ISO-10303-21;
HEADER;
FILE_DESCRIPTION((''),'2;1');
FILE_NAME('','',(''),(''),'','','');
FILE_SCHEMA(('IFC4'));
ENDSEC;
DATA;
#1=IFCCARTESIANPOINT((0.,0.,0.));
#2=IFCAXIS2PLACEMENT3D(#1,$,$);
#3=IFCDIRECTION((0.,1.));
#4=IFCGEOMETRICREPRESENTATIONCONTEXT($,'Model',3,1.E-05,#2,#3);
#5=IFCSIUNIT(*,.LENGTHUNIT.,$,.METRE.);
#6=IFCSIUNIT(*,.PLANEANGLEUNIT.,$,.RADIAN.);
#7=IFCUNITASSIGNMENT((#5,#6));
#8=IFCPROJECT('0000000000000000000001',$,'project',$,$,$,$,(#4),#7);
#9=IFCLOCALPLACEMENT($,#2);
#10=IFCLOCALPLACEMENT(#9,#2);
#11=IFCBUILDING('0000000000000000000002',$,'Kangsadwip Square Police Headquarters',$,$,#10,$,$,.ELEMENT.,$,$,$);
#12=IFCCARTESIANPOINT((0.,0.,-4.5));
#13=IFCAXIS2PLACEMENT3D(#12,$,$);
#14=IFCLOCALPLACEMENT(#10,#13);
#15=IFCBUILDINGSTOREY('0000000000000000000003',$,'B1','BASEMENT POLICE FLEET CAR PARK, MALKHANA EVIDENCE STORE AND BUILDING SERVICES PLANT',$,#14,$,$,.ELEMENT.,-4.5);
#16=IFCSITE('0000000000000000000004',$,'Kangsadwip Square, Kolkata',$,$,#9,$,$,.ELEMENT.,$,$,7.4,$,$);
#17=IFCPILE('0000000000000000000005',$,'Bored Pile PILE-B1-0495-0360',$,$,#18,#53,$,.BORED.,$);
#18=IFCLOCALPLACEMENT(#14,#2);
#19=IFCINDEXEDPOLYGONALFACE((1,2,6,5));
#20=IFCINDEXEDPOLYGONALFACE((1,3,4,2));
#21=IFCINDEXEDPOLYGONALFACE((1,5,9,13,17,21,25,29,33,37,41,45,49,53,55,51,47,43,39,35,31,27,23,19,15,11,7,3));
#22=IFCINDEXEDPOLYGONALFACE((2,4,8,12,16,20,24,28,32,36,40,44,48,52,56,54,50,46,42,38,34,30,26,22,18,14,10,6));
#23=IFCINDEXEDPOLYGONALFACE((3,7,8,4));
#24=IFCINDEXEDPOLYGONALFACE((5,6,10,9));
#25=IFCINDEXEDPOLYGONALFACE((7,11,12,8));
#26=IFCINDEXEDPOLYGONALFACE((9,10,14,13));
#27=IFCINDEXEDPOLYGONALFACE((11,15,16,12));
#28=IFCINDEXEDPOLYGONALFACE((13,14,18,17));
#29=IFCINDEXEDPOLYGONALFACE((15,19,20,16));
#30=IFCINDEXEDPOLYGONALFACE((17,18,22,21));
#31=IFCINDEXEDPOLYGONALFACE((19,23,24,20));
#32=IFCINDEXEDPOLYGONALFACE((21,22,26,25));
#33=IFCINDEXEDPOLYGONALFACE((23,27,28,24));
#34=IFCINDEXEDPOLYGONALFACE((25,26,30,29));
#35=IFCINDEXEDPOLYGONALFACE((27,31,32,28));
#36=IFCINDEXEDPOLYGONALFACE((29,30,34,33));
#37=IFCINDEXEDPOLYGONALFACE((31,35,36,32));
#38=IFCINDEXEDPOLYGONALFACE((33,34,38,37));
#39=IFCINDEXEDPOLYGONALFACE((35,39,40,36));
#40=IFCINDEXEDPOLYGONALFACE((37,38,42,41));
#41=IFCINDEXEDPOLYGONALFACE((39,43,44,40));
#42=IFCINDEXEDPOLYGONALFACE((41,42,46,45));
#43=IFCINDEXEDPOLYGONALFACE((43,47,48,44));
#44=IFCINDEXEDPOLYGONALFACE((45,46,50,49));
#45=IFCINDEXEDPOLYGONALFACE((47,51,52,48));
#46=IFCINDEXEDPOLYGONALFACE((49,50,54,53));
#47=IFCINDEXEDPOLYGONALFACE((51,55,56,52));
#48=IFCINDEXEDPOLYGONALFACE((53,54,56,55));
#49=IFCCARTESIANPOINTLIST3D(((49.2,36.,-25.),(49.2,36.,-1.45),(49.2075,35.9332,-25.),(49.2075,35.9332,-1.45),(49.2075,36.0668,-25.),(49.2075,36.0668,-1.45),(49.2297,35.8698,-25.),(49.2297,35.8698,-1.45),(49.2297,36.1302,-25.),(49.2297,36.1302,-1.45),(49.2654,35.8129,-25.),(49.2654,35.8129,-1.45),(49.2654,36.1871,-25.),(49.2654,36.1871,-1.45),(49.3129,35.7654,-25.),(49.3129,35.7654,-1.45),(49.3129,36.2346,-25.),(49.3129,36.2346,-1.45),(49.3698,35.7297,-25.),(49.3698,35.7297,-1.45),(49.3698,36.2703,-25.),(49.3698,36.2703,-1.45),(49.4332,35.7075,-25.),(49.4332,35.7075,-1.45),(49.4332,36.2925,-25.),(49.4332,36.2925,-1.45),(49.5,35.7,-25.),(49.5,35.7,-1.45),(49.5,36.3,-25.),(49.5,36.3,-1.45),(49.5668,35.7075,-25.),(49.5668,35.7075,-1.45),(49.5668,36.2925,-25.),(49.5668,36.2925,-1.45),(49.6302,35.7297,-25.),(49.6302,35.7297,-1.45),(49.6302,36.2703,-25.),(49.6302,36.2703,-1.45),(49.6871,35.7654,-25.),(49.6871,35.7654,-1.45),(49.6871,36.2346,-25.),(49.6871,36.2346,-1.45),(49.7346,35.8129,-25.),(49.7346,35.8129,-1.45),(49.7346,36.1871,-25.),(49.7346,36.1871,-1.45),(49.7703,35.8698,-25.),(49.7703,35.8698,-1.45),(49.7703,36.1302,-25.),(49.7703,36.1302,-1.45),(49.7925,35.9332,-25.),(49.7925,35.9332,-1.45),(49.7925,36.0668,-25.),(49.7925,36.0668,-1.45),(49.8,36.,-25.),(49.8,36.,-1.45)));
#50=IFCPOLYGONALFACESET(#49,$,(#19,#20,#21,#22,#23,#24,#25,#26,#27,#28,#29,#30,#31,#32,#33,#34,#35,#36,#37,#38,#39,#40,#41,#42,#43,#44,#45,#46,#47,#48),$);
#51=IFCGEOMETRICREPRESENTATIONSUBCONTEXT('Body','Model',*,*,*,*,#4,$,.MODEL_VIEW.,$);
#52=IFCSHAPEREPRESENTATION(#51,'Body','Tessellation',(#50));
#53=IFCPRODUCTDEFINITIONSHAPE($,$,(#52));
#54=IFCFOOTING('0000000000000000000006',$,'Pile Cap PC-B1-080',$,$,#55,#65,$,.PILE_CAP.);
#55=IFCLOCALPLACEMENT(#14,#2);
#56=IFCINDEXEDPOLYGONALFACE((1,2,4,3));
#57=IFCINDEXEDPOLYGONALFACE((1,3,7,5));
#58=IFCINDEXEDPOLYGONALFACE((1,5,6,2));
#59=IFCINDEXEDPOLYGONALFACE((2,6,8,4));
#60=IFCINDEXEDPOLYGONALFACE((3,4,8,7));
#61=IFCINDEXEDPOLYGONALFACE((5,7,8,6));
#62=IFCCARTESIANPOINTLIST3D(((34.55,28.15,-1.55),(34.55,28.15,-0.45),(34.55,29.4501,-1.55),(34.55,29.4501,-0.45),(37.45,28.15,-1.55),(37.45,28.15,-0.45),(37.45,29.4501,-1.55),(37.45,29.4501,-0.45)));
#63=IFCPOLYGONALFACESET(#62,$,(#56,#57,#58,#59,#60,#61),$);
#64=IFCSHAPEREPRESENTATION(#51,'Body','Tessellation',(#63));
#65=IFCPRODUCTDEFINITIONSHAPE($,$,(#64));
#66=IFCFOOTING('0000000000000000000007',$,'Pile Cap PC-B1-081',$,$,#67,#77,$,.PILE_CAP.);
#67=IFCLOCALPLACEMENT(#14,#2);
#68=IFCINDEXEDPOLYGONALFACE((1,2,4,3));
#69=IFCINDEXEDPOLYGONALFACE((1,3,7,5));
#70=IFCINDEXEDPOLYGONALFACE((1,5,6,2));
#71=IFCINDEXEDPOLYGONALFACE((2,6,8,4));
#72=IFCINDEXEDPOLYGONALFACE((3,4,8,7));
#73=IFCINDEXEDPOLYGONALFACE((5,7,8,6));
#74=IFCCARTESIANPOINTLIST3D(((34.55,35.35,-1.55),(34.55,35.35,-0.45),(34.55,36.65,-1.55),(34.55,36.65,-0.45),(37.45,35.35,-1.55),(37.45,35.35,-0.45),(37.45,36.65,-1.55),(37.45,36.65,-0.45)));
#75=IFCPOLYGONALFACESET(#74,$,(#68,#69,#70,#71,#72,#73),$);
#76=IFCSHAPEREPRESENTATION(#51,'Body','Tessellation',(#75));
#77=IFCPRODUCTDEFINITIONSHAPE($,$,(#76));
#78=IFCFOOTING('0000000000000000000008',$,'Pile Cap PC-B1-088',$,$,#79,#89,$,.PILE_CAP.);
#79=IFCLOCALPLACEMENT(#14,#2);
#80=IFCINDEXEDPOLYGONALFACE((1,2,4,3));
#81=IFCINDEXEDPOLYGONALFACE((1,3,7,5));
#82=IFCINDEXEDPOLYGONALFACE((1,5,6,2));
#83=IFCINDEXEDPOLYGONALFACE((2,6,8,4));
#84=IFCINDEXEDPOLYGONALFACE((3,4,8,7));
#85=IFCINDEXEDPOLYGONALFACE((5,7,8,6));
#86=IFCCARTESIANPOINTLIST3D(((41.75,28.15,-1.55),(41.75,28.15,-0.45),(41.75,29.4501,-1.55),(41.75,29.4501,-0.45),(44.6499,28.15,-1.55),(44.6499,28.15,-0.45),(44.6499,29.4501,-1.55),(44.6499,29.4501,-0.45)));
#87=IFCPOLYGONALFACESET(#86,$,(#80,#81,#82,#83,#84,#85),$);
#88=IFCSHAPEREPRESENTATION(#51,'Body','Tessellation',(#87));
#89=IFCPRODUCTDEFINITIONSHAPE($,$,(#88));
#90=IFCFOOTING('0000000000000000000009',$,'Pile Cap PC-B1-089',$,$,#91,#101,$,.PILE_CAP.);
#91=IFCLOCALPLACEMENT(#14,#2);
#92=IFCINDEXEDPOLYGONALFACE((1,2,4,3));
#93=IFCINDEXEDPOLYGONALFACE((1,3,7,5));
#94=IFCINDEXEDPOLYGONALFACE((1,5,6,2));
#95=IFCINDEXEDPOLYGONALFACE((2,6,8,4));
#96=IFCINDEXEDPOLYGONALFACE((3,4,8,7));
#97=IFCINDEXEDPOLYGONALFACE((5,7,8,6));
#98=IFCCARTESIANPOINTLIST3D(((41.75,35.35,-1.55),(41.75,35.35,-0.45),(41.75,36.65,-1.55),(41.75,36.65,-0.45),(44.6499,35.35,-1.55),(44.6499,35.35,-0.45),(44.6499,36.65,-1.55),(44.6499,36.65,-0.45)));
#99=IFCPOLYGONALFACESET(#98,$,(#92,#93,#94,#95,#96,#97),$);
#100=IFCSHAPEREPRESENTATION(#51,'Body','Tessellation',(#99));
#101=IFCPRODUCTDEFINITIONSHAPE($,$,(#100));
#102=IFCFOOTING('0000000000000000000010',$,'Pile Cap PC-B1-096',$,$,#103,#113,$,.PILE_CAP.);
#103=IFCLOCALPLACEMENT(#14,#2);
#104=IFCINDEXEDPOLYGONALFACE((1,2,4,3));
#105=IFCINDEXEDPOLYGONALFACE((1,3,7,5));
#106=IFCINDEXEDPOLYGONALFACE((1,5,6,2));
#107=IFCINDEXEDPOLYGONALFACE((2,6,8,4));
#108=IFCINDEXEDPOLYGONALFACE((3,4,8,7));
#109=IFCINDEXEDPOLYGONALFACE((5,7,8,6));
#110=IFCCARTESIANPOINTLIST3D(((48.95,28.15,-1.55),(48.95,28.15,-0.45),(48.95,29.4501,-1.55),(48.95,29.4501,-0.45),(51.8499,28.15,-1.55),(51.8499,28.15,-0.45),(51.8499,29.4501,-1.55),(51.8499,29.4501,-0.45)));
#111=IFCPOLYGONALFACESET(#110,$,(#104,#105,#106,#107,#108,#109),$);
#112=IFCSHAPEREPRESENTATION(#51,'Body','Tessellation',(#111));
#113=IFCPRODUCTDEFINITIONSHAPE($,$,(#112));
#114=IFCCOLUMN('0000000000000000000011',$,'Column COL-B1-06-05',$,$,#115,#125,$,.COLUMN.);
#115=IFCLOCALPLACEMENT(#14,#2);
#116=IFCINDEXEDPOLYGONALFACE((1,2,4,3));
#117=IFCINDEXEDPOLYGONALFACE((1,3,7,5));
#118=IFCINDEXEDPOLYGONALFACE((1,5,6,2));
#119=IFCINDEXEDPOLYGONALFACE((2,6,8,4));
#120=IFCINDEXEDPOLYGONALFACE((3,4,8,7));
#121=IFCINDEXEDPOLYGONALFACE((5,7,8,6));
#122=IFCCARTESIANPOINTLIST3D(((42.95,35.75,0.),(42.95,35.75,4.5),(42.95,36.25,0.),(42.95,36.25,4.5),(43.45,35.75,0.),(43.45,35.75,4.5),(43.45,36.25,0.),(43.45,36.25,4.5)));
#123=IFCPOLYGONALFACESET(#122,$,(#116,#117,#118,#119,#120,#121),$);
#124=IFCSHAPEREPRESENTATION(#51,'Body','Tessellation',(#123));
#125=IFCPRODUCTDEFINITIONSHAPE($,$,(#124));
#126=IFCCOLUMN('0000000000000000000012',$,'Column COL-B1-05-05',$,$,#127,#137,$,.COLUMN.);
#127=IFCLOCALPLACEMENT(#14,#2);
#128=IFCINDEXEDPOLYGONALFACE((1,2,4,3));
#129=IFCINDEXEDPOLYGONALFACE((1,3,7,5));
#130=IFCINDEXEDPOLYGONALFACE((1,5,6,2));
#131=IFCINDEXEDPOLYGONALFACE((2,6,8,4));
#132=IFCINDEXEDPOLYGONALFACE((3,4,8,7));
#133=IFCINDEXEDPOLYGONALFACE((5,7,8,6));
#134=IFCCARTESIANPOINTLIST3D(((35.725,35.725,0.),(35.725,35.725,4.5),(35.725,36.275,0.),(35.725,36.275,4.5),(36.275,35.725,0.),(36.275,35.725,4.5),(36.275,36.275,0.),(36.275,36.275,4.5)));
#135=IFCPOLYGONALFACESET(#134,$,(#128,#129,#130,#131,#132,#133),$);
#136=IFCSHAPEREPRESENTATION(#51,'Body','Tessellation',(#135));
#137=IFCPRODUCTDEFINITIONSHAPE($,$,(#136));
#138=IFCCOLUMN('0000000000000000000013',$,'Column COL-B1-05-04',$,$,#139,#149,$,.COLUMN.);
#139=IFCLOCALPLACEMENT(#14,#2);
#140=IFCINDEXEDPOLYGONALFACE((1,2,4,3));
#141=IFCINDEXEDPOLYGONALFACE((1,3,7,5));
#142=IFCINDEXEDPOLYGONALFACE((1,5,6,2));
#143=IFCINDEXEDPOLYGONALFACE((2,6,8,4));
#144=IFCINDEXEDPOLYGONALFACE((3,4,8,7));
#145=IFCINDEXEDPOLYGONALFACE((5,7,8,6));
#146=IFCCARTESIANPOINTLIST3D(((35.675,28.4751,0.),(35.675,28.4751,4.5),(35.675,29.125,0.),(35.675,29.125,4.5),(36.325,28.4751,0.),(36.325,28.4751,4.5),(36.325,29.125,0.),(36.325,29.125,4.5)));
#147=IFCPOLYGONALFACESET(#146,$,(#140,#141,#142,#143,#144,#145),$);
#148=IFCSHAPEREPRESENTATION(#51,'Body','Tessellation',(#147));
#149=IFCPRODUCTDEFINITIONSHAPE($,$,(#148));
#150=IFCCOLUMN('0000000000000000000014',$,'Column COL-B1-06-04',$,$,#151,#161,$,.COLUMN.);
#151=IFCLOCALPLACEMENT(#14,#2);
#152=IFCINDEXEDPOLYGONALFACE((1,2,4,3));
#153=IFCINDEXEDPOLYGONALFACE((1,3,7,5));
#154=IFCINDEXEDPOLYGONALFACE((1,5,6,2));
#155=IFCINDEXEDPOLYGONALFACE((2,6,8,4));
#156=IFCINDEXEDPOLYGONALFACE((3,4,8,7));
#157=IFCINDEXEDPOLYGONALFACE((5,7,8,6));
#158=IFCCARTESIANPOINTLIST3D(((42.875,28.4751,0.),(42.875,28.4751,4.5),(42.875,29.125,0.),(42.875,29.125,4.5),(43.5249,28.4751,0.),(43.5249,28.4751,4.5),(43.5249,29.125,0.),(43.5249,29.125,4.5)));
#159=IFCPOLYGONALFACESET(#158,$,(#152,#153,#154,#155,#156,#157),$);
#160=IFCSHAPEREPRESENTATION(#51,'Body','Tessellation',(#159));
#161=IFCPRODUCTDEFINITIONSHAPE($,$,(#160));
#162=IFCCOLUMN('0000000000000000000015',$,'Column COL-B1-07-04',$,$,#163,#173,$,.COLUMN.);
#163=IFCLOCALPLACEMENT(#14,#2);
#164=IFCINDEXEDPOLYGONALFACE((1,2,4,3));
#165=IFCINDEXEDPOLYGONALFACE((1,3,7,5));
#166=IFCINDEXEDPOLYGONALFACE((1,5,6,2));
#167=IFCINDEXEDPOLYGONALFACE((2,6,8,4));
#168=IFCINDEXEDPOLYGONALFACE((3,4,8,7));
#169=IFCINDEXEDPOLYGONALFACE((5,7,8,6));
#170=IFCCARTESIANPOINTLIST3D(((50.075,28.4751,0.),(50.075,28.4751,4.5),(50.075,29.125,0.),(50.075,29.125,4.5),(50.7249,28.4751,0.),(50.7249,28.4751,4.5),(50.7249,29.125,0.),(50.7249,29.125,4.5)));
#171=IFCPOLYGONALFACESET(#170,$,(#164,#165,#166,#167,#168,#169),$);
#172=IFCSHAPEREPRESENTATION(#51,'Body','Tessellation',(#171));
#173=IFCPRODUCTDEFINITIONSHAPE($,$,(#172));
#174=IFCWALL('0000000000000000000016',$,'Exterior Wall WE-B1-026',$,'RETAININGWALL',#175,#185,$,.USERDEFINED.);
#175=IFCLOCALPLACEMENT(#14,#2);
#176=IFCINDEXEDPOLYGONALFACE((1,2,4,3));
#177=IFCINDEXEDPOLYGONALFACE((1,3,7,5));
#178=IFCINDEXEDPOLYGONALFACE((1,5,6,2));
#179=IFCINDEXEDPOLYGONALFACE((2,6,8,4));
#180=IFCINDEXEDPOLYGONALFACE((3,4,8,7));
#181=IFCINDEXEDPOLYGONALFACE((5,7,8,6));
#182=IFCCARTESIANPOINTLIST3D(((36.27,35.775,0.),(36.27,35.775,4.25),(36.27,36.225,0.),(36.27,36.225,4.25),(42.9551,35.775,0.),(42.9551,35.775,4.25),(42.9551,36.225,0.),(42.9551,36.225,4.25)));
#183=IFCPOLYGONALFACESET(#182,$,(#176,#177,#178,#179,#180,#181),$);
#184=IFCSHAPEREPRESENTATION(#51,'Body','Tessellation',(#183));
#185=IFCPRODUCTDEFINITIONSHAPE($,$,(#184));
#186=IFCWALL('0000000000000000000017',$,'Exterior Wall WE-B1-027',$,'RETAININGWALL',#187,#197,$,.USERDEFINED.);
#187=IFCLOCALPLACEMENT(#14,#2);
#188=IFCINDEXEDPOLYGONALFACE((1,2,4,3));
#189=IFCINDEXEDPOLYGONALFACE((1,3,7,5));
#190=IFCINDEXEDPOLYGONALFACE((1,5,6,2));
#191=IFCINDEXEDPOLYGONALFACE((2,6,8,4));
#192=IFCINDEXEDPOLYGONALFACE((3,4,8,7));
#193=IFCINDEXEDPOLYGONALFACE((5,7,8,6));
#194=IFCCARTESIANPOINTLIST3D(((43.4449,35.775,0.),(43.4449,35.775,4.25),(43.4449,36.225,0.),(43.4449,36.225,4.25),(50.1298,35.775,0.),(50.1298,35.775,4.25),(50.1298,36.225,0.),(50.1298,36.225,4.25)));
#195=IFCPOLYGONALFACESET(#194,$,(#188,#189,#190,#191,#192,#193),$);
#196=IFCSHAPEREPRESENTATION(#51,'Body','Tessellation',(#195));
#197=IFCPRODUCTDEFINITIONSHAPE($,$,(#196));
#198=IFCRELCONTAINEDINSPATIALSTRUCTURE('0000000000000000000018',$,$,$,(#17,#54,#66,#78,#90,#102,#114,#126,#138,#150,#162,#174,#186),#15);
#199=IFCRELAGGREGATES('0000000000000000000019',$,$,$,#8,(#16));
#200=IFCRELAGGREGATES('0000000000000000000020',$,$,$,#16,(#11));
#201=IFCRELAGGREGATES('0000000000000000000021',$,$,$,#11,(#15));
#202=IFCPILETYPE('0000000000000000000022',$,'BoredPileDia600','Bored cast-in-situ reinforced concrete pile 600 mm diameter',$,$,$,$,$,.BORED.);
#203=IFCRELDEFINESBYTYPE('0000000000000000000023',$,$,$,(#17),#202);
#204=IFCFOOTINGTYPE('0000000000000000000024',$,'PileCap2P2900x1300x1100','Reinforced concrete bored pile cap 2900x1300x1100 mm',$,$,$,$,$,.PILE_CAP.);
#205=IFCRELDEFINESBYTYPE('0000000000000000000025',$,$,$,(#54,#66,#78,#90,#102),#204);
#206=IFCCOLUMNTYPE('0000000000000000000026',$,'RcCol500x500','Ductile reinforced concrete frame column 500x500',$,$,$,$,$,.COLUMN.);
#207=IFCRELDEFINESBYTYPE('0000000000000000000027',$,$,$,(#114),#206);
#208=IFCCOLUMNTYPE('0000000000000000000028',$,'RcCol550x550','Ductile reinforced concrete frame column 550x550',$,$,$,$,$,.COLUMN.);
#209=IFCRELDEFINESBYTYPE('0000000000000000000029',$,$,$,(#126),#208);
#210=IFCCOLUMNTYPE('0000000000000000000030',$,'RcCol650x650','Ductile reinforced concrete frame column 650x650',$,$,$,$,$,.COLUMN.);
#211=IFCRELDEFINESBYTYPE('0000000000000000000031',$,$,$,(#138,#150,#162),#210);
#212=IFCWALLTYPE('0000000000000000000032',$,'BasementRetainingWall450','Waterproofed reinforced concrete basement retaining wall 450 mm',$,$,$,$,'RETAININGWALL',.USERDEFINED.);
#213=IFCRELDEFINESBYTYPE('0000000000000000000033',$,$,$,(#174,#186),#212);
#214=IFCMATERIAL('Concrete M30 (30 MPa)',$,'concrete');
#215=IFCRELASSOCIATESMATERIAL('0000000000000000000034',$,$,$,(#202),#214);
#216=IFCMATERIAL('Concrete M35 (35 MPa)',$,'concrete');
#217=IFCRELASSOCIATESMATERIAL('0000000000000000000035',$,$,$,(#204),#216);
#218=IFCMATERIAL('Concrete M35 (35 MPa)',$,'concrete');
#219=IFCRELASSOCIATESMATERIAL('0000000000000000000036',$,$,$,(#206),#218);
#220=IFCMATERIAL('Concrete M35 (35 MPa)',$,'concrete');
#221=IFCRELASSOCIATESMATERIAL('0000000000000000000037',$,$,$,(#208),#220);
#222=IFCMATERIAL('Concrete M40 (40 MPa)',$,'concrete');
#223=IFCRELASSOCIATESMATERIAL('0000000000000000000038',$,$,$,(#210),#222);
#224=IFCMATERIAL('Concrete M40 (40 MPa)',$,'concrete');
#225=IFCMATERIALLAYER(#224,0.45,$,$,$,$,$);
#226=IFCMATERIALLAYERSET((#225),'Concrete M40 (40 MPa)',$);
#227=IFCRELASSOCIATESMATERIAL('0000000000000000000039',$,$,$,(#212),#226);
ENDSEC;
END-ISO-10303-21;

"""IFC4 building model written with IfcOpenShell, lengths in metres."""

from ifc_helpers import new_model, si_unit, direction, frame, frame_2d, origin, origin_2d, place, context, subcontext, project, spatial, rectangle, circle, extrude, material, layer, layer_set, material_profile, profile_set, type_object, element, save


model = new_model("IFC4")

# Units and contexts
model_context = context("Model", 3, precision=1e-05, world=origin(), true_north=direction((0.0, 1.0)))
body_context = subcontext(model_context, "Body", "Model", "MODEL_VIEW")
ifc_project = project(units=[si_unit("LENGTHUNIT", "METRE"), si_unit("PLANEANGLEUNIT", "RADIAN")], contexts=[model_context])

# Site, building, storey
site_placement = place(None, origin())
site = spatial("IfcSite", under=ifc_project, at=site_placement, Name="Kangsadwip Square, Kolkata", CompositionType="ELEMENT", RefElevation=7.4)
building_placement = place(site_placement, origin())
building = spatial("IfcBuilding", under=site, at=building_placement, Name="Kangsadwip Square Police Headquarters", CompositionType="ELEMENT")
storey_placement = place(building_placement, frame((0.0, 0.0, -4.5)))
storey = spatial("IfcBuildingStorey", under=building, at=storey_placement, Name="B1", Description="BASEMENT POLICE FLEET CAR PARK, MALKHANA EVIDENCE STORE AND BUILDING SERVICES PLANT", CompositionType="ELEMENT", Elevation=-4.5)

# Pile
ifc_material_1 = material(Name="Concrete M30 (30 MPa)", Category="concrete")
ifc_material_profile_1 = material_profile(ifc_material_1, circle(Radius=0.3, at=origin_2d()), Name="PILE DIA 600")
ifc_profile_set_1 = profile_set([ifc_material_profile_1], Name="Concrete M30 (30 MPa)")
pile_type = type_object("IfcPileType", Name="BoredPileDia600", Description="Bored cast-in-situ reinforced concrete pile 600 mm diameter", PredefinedType="BORED", material=ifc_profile_set_1)
for number, where, z_axis, x_axis, name in (
    (1, (49.5, 36.0, -1.45), (0.0, 0.0, -1.0), (1.0, 0.0, 0.0), "Bored Pile PILE-B1-0495-0360"),
):
    element("IfcPile", number, at=place(storey_placement, frame(where, z_axis=z_axis, x_axis=x_axis)), inside=storey, type_object=pile_type, Name=name, PredefinedType="BORED", context=body_context, shape_type="SweptSolid", body=[
        extrude(circle(Radius=0.3, at=origin_2d()), origin(), (0.0, 0.0, 1.0), 23.55),
    ])

# Footings
ifc_material_2 = material(Name="Concrete M35 (35 MPa)", Category="concrete")
footing_type = type_object("IfcFootingType", Name="PileCap2P2900x1300x1100", Description="Reinforced concrete bored pile cap 2900x1300x1100 mm", PredefinedType="PILE_CAP", material=ifc_material_2)
for number, where, z_axis, x_axis, name in (
    (2, (36.0, 28.8, -1.55), (0.0, 0.0, 1.0), (1.0, 0.0, 0.0), "Pile Cap PC-B1-080"),
    (3, (36.0, 36.0, -1.55), (0.0, 0.0, 1.0), (1.0, 0.0, 0.0), "Pile Cap PC-B1-081"),
    (4, (43.2, 28.8, -1.55), (0.0, 0.0, 1.0), (1.0, 0.0, 0.0), "Pile Cap PC-B1-088"),
    (5, (43.2, 36.0, -1.55), (0.0, 0.0, 1.0), (1.0, 0.0, 0.0), "Pile Cap PC-B1-089"),
    (6, (50.3999, 28.8, -1.55), (0.0, 0.0, 1.0), (1.0, 0.0, 0.0), "Pile Cap PC-B1-096"),
):
    element("IfcFooting", number, at=place(storey_placement, frame(where, z_axis=z_axis, x_axis=x_axis)), inside=storey, type_object=footing_type, Name=name, PredefinedType="PILE_CAP", context=body_context, shape_type="SweptSolid", body=[
        extrude(rectangle(XDim=2.8999, YDim=1.3, at=origin_2d()), origin(), (0.0, 0.0, 1.0), 1.1001),
    ])

# Columns
ifc_material_3 = material(Name="Concrete M35 (35 MPa)", Category="concrete")
ifc_material_profile_2 = material_profile(ifc_material_3, rectangle(XDim=0.5, YDim=0.5, at=origin_2d()), Name="RC COL 500X500")
ifc_profile_set_2 = profile_set([ifc_material_profile_2], Name="Concrete M35 (35 MPa)")
column_type_1 = type_object("IfcColumnType", Name="RcCol500x500", Description="Ductile reinforced concrete frame column 500x500", PredefinedType="COLUMN", material=ifc_profile_set_2)
column_1_placement = place(storey_placement, frame((43.2, 36.0, 0.0), z_axis=(0.0, 0.0, 1.0), x_axis=(1.0, 0.0, 0.0)))
element("IfcColumn", 7, at=column_1_placement, inside=storey, type_object=column_type_1, Name="Column COL-B1-06-05", PredefinedType="COLUMN", context=body_context, shape_type="SweptSolid", body=[
    extrude(rectangle(XDim=0.5, YDim=0.5, at=origin_2d()), origin(), (0.0, 0.0, 1.0), 4.5),
])
ifc_material_4 = material(Name="Concrete M35 (35 MPa)", Category="concrete")
ifc_material_profile_3 = material_profile(ifc_material_4, rectangle(XDim=0.55, YDim=0.55, at=origin_2d()), Name="RC COL 550X550")
ifc_profile_set_3 = profile_set([ifc_material_profile_3], Name="Concrete M35 (35 MPa)")
column_type_2 = type_object("IfcColumnType", Name="RcCol550x550", Description="Ductile reinforced concrete frame column 550x550", PredefinedType="COLUMN", material=ifc_profile_set_3)
column_2_placement = place(storey_placement, frame((36.0, 36.0, 0.0), z_axis=(0.0, 0.0, 1.0), x_axis=(1.0, 0.0, 0.0)))
element("IfcColumn", 8, at=column_2_placement, inside=storey, type_object=column_type_2, Name="Column COL-B1-05-05", PredefinedType="COLUMN", context=body_context, shape_type="SweptSolid", body=[
    extrude(rectangle(XDim=0.55, YDim=0.55, at=origin_2d()), origin(), (0.0, 0.0, 1.0), 4.5),
])
ifc_material_5 = material(Name="Concrete M40 (40 MPa)", Category="concrete")
ifc_material_profile_4 = material_profile(ifc_material_5, rectangle(XDim=0.6499, YDim=0.6499, at=origin_2d()), Name="RC COL 650X650")
ifc_profile_set_4 = profile_set([ifc_material_profile_4], Name="Concrete M40 (40 MPa)")
column_type_3 = type_object("IfcColumnType", Name="RcCol650x650", Description="Ductile reinforced concrete frame column 650x650", PredefinedType="COLUMN", material=ifc_profile_set_4)
for number, where, z_axis, x_axis, name in (
    (9, (36.0, 28.8, 0.0), (0.0, 0.0, 1.0), (1.0, 0.0, 0.0), "Column COL-B1-05-04"),
    (10, (43.2, 28.8, 0.0), (0.0, 0.0, 1.0), (1.0, 0.0, 0.0), "Column COL-B1-06-04"),
    (11, (50.3999, 28.8, 0.0), (0.0, 0.0, 1.0), (1.0, 0.0, 0.0), "Column COL-B1-07-04"),
):
    element("IfcColumn", number, at=place(storey_placement, frame(where, z_axis=z_axis, x_axis=x_axis)), inside=storey, type_object=column_type_3, Name=name, PredefinedType="COLUMN", context=body_context, shape_type="SweptSolid", body=[
        extrude(rectangle(XDim=0.6499, YDim=0.6499, at=origin_2d()), origin(), (0.0, 0.0, 1.0), 4.5),
    ])

# Walls
ifc_material_6 = material(Name="Concrete M40 (40 MPa)", Category="concrete")
ifc_layer = layer(ifc_material_6, 0.45)
ifc_layer_set = layer_set([ifc_layer], Name="Concrete M40 (40 MPa)")
wall_type = type_object("IfcWallType", Name="BasementRetainingWall450", Description="Waterproofed reinforced concrete basement retaining wall 450 mm", ElementType="RETAININGWALL", PredefinedType="USERDEFINED", material=ifc_layer_set)
wall_1_placement = place(storey_placement, frame((36.27, 36.0, 0.0), z_axis=(0.0, 0.0, 1.0), x_axis=(1.0, 0.0, 0.0)))
element("IfcWall", 12, at=wall_1_placement, inside=storey, type_object=wall_type, Name="Exterior Wall WE-B1-026", ObjectType="RETAININGWALL", PredefinedType="USERDEFINED", context=body_context, shape_type="SweptSolid", body=[
    extrude(rectangle(XDim=6.6851, YDim=0.45, at=frame_2d((3.3425, 0.0))), origin(), (0.0, 0.0, 1.0), 4.25),
])
wall_2_placement = place(storey_placement, frame((43.4451, 36.0, 0.0), z_axis=(0.0, 0.0, 1.0), x_axis=(1.0, 0.0, 0.0)))
element("IfcWall", 13, at=wall_2_placement, inside=storey, type_object=wall_type, Name="Exterior Wall WE-B1-027", ObjectType="RETAININGWALL", PredefinedType="USERDEFINED", context=body_context, shape_type="SweptSolid", body=[
    extrude(rectangle(XDim=6.6848, YDim=0.45, at=frame_2d((3.3423, 0.0))), origin(), (0.0, 0.0, 1.0), 4.25),
])

save(model, "model.ifc")
